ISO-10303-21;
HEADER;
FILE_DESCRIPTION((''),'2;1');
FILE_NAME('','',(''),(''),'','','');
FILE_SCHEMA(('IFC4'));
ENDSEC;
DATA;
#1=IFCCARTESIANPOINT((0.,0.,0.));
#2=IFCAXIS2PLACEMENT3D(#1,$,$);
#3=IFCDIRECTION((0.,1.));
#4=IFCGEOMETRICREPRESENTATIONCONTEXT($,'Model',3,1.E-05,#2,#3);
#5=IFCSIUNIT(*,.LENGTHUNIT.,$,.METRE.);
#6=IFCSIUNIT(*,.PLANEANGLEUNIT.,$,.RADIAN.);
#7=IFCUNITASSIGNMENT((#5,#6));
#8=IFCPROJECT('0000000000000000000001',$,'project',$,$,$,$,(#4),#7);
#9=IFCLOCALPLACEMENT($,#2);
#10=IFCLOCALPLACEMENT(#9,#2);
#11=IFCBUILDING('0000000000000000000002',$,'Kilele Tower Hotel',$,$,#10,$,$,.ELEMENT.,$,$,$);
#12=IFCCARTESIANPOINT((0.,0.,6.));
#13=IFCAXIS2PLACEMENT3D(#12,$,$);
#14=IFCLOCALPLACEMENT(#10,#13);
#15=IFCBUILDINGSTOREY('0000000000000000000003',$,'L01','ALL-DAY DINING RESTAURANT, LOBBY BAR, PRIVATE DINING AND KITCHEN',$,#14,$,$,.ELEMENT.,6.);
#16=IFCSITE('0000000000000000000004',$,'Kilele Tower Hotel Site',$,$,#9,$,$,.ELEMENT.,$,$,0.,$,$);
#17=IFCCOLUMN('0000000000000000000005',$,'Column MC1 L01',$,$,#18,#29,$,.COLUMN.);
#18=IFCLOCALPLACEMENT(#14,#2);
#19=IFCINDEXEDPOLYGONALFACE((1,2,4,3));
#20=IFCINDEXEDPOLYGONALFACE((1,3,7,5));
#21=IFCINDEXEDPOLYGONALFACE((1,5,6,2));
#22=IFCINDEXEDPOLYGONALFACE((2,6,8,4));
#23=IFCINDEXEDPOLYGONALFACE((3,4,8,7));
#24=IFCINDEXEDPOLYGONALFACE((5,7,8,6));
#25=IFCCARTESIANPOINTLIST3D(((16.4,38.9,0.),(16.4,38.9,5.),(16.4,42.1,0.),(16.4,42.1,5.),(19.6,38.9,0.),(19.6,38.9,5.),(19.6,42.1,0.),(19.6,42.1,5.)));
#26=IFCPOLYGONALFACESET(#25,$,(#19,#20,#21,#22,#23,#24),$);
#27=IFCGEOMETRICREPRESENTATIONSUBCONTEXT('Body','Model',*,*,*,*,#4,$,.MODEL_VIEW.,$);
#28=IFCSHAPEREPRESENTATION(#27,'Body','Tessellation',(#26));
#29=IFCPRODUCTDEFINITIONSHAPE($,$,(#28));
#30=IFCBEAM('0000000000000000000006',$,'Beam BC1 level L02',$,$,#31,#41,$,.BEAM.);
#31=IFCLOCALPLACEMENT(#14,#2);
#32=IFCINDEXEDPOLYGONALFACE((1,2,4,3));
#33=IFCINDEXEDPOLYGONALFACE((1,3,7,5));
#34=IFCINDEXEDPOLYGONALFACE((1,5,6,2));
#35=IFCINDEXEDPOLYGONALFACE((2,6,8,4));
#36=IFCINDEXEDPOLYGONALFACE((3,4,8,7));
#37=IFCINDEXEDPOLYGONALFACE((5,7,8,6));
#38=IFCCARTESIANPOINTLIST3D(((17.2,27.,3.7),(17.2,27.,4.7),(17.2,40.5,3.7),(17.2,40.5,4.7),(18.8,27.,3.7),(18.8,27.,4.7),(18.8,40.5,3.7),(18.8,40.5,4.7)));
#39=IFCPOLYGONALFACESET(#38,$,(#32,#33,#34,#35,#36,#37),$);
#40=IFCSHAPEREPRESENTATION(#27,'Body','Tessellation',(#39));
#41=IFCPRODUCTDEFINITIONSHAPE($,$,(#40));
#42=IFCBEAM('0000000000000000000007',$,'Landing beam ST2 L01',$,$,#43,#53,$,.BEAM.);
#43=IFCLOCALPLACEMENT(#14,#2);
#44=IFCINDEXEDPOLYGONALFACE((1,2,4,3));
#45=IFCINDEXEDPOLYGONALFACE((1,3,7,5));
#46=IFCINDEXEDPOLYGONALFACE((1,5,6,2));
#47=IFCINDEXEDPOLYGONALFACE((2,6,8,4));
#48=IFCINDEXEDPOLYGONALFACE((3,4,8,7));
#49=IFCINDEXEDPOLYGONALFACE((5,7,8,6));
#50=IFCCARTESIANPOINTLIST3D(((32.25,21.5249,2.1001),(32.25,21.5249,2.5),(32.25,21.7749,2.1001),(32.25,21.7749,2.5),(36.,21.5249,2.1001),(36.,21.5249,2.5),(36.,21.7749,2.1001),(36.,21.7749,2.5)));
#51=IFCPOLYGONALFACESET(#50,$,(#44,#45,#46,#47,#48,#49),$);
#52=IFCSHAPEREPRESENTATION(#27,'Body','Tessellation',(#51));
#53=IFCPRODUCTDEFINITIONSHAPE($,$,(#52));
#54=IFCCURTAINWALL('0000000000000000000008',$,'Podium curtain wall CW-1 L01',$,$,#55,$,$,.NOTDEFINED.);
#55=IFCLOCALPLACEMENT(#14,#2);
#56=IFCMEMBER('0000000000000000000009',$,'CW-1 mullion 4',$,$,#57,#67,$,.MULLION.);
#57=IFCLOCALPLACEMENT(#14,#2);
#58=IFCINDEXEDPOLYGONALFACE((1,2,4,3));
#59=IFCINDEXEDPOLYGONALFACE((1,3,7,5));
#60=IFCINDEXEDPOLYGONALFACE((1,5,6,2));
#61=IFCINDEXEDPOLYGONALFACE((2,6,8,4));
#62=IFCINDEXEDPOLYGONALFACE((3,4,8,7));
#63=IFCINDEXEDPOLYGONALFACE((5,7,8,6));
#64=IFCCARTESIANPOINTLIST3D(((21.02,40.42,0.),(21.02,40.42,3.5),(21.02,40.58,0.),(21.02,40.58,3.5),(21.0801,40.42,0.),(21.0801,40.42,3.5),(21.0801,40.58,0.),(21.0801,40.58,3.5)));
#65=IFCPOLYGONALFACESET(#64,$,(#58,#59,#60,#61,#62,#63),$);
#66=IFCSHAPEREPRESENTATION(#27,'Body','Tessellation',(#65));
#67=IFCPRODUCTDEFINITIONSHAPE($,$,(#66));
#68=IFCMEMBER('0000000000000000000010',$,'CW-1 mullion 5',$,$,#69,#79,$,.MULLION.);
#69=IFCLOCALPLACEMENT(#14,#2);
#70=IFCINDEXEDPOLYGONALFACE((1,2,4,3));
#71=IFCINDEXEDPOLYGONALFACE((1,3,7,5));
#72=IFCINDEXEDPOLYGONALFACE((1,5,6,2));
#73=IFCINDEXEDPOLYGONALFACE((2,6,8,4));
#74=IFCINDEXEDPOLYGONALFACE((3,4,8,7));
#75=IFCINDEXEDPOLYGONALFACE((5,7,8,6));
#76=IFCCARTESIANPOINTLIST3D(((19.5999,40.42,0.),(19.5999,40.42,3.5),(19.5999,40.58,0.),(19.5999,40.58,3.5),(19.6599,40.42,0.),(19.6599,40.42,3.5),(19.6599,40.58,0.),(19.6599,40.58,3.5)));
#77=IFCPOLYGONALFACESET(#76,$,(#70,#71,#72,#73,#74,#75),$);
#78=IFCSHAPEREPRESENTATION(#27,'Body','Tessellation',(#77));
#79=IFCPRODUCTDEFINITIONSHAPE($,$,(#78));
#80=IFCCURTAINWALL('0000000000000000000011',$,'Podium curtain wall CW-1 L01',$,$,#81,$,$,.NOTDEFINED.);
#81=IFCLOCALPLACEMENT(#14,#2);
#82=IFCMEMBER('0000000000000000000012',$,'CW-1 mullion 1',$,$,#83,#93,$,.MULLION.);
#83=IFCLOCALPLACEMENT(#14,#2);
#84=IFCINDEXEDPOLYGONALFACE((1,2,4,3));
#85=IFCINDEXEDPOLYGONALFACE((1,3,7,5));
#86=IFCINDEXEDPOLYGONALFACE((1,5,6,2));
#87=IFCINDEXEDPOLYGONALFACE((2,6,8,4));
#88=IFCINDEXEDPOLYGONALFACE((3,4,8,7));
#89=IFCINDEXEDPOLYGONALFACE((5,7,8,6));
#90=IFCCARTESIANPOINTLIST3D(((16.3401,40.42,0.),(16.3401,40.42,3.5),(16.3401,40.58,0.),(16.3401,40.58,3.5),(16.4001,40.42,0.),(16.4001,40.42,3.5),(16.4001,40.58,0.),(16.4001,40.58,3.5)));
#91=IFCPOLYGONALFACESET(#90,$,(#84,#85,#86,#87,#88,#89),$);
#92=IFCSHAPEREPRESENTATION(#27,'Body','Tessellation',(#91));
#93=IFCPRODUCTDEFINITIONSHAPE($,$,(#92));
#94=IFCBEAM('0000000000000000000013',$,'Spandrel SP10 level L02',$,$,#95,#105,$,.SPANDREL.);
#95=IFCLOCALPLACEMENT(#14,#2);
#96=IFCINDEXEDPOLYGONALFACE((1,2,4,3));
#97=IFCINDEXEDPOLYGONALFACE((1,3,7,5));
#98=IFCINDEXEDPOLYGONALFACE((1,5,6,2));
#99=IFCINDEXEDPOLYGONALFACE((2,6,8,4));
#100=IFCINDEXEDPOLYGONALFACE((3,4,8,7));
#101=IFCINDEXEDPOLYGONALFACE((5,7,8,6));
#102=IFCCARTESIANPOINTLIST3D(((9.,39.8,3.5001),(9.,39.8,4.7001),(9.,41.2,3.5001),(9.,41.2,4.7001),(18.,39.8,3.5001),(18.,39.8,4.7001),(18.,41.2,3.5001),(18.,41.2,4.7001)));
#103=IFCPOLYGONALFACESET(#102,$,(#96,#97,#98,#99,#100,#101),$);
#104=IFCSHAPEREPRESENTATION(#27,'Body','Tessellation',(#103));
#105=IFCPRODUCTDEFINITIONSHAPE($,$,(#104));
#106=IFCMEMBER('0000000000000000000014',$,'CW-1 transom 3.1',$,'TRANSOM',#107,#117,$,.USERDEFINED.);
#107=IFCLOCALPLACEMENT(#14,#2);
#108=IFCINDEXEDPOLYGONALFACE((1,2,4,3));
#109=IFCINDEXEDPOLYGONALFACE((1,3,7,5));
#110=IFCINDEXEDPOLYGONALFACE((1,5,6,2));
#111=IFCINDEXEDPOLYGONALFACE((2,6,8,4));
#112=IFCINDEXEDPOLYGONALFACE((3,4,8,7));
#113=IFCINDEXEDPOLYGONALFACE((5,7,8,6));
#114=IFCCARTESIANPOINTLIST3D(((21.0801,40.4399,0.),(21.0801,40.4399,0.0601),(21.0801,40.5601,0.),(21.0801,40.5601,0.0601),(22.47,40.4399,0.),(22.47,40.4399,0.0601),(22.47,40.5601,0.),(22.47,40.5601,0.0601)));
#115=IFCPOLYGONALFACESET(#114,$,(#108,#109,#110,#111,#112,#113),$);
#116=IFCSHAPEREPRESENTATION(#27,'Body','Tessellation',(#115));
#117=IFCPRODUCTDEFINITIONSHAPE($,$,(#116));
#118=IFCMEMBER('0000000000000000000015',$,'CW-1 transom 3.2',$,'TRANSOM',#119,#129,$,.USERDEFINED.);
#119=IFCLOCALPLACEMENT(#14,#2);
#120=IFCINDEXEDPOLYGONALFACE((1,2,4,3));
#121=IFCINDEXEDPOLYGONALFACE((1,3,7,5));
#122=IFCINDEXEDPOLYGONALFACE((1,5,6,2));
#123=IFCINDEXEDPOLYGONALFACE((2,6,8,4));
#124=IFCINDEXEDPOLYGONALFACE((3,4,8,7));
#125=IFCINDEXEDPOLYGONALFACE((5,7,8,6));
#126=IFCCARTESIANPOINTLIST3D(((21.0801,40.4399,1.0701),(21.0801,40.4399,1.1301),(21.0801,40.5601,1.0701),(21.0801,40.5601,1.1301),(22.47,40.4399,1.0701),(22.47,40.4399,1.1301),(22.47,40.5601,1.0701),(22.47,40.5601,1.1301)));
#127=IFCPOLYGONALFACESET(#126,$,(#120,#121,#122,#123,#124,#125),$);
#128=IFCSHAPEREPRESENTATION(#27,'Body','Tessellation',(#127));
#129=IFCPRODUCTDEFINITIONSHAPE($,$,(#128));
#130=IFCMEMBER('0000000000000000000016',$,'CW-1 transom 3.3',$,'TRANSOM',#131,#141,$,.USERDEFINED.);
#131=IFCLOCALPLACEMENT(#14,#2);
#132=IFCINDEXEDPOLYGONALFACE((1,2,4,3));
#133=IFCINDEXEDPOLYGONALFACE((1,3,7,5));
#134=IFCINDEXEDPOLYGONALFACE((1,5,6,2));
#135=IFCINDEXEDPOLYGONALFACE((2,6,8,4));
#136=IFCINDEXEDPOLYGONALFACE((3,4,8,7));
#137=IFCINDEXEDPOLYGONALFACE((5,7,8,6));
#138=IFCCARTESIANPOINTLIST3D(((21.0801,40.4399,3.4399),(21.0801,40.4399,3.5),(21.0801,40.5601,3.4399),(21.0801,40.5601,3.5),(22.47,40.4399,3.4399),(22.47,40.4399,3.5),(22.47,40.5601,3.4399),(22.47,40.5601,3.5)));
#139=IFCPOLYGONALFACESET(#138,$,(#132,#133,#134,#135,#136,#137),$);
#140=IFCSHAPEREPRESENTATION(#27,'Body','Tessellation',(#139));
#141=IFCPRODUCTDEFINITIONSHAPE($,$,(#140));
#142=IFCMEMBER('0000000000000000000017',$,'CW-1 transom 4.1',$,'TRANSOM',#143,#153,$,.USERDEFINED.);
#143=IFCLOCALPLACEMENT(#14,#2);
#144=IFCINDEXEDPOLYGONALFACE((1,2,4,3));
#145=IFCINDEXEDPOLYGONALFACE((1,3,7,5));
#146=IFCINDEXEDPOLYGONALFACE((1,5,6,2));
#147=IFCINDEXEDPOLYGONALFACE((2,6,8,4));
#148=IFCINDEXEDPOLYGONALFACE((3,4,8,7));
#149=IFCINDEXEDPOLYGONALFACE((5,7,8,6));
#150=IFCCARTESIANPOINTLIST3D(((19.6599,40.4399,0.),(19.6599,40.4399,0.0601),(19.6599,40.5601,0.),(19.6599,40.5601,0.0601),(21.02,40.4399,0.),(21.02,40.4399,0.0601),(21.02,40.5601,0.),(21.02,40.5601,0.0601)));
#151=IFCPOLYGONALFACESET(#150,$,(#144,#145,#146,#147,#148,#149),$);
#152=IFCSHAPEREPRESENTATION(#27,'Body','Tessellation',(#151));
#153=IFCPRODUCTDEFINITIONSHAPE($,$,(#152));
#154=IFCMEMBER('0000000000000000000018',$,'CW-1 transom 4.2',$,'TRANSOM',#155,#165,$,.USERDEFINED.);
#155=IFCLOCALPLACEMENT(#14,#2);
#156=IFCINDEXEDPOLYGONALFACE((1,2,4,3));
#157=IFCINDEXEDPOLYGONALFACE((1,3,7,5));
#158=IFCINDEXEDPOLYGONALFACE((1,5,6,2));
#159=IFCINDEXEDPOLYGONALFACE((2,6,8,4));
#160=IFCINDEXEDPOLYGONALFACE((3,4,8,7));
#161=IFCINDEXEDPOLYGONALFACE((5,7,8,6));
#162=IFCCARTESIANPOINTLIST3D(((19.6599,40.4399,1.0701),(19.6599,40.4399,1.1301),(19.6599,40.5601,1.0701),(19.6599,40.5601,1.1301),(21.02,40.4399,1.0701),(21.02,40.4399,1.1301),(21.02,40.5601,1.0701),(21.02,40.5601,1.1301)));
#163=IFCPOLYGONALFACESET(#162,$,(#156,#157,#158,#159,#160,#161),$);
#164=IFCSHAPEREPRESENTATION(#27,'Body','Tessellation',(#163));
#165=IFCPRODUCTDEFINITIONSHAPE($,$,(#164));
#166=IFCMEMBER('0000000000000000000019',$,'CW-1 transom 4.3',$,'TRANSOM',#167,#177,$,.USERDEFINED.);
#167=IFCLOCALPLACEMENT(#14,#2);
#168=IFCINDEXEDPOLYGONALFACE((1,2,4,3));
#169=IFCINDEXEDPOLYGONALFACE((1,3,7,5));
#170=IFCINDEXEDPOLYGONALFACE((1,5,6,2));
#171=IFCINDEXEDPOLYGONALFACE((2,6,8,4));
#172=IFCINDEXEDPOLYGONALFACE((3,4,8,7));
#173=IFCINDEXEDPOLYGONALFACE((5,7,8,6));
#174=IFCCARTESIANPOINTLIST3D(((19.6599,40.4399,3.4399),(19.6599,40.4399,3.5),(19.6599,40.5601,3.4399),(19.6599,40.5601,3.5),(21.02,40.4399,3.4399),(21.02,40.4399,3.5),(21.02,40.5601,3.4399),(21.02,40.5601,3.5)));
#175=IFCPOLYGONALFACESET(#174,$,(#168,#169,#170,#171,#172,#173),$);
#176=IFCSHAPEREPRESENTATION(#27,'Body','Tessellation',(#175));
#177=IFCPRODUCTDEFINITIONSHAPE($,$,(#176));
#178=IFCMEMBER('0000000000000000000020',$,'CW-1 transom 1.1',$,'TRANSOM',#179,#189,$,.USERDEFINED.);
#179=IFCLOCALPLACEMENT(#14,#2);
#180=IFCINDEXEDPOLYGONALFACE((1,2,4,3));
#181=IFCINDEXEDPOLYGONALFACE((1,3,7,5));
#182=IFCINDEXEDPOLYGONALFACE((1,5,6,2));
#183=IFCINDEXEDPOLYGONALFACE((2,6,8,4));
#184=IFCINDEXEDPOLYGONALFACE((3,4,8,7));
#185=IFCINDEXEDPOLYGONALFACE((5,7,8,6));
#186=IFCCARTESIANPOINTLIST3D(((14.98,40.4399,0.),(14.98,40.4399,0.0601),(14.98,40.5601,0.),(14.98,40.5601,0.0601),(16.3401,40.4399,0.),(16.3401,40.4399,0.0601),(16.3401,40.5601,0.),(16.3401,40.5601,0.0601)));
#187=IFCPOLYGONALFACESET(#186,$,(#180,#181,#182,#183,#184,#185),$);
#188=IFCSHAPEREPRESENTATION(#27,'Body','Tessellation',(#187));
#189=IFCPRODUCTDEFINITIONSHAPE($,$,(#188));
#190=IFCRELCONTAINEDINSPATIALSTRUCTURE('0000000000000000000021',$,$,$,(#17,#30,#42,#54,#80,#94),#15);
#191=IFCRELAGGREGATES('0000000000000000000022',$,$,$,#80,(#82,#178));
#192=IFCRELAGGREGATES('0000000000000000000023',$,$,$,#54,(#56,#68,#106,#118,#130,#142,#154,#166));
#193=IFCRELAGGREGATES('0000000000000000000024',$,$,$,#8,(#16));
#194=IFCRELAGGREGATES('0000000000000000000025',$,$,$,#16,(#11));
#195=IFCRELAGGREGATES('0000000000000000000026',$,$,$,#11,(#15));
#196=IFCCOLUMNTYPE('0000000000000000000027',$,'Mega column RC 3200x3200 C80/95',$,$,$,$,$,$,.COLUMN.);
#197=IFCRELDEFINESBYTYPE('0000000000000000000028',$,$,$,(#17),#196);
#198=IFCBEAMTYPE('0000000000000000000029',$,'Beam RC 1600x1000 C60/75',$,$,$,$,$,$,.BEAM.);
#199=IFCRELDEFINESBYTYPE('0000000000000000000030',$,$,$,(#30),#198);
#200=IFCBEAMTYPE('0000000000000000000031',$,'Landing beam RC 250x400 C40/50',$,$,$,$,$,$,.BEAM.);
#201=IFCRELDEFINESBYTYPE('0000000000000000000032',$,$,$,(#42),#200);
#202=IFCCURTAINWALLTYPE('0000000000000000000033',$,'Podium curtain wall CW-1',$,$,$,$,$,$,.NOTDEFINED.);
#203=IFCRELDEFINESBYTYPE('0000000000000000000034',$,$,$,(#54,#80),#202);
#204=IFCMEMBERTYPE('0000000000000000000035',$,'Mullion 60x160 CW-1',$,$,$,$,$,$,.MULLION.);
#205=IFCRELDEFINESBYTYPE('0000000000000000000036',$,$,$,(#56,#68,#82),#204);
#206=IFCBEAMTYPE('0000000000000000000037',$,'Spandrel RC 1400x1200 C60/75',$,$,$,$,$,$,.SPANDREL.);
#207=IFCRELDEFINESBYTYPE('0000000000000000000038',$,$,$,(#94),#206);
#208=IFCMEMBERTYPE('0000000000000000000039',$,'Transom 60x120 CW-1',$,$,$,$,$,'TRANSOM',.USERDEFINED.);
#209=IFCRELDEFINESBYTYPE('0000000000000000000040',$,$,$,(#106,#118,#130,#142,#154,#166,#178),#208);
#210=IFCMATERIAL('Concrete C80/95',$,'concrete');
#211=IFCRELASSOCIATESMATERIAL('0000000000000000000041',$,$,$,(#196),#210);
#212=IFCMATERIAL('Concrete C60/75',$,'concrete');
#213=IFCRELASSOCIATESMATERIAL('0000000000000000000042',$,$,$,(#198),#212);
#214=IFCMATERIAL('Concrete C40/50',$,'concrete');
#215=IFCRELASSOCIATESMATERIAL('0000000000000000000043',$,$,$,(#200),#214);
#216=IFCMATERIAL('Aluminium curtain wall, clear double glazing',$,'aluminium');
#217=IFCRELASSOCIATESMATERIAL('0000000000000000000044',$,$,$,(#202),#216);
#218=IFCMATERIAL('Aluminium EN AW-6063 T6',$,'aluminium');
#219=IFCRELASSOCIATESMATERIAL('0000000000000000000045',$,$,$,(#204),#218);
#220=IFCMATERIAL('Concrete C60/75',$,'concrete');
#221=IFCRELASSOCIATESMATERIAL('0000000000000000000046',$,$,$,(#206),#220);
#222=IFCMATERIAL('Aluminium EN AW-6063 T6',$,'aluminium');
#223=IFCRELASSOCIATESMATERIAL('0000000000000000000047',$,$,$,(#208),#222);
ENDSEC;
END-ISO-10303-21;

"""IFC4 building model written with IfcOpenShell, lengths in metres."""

from ifc_helpers import new_model, si_unit, direction, frame, origin, origin_2d, place, context, subcontext, project, spatial, rectangle, extrude, material, material_profile, profile_set, type_object, element, aggregate, save


model = new_model("IFC4")

# Units and contexts
model_context = context("Model", 3, precision=1e-05, world=origin(), true_north=direction((0.0, 1.0)))
body_context = subcontext(model_context, "Body", "Model", "MODEL_VIEW")
ifc_project = project(units=[si_unit("LENGTHUNIT", "METRE"), si_unit("PLANEANGLEUNIT", "RADIAN")], contexts=[model_context])

# Site, building, storey
site_placement = place(None, origin())
site = spatial("IfcSite", under=ifc_project, at=site_placement, Name="Kilele Tower Hotel Site", CompositionType="ELEMENT", RefElevation=0.0)
building_placement = place(site_placement, origin())
building = spatial("IfcBuilding", under=site, at=building_placement, Name="Kilele Tower Hotel", CompositionType="ELEMENT")
storey_placement = place(building_placement, frame((0.0, 0.0, 6.0)))
storey = spatial("IfcBuildingStorey", under=building, at=storey_placement, Name="L01", Description="ALL-DAY DINING RESTAURANT, LOBBY BAR, PRIVATE DINING AND KITCHEN", CompositionType="ELEMENT", Elevation=6.0)

# Column
ifc_material_1 = material(Name="Concrete C80/95", Category="concrete")
ifc_material_profile_1 = material_profile(ifc_material_1, rectangle(XDim=3.2, YDim=3.2, at=origin_2d()))
ifc_profile_set_1 = profile_set([ifc_material_profile_1], Name="Concrete C80/95")
column_type = type_object("IfcColumnType", Name="Mega column RC 3200x3200 C80/95", PredefinedType="COLUMN", material=ifc_profile_set_1)
column_placement = place(storey_placement, frame((18.0, 40.5, 0.0), z_axis=(0.0, 0.0, 1.0), x_axis=(1.0, 0.0, 0.0)))
element("IfcColumn", 1, at=column_placement, inside=storey, type_object=column_type, Name="Column MC1 L01", PredefinedType="COLUMN", context=body_context, shape_type="SweptSolid", body=[
    extrude(rectangle(XDim=3.2, YDim=3.2, at=origin_2d()), origin(), (0.0, 0.0, 1.0), 5.0),
])

# Beams
ifc_material_2 = material(Name="Concrete C60/75", Category="concrete")
ifc_material_profile_2 = material_profile(ifc_material_2, rectangle(XDim=1.6001, YDim=1.0, at=origin_2d()))
ifc_profile_set_2 = profile_set([ifc_material_profile_2], Name="Concrete C60/75")
beam_type_1 = type_object("IfcBeamType", Name="Beam RC 1600x1000 C60/75", PredefinedType="BEAM", material=ifc_profile_set_2)
beam_1_placement = place(storey_placement, frame((18.0, 40.5, 4.2), z_axis=(0.0, -1.0, 0.0), x_axis=(1.0, 0.0, 0.0)))
element("IfcBeam", 2, at=beam_1_placement, inside=storey, type_object=beam_type_1, Name="Beam BC1 level L02", PredefinedType="BEAM", context=body_context, shape_type="SweptSolid", body=[
    extrude(rectangle(XDim=1.6001, YDim=1.0, at=origin_2d()), origin(), (0.0, 0.0, 1.0), 13.5),
])
ifc_material_3 = material(Name="Concrete C40/50", Category="concrete")
ifc_material_profile_3 = material_profile(ifc_material_3, rectangle(XDim=0.25, YDim=0.3999, at=origin_2d()))
ifc_profile_set_3 = profile_set([ifc_material_profile_3], Name="Concrete C40/50")
beam_type_2 = type_object("IfcBeamType", Name="Landing beam RC 250x400 C40/50", PredefinedType="BEAM", material=ifc_profile_set_3)
beam_2_placement = place(storey_placement, frame((32.25, 21.6499, 2.3), z_axis=(1.0, 0.0, 0.0), x_axis=(0.0, 1.0, 0.0)))
element("IfcBeam", 3, at=beam_2_placement, inside=storey, type_object=beam_type_2, Name="Landing beam ST2 L01", PredefinedType="BEAM", context=body_context, shape_type="SweptSolid", body=[
    extrude(rectangle(XDim=0.25, YDim=0.3999, at=origin_2d()), origin(), (0.0, 0.0, 1.0), 3.75),
])

# Curtain wall, members
ifc_material_4 = material(Name="Aluminium curtain wall, clear double glazing", Category="aluminium")
curtain_wall_type = type_object("IfcCurtainWallType", Name="Podium curtain wall CW-1", PredefinedType="NOTDEFINED", material=ifc_material_4)
curtain_wall_1_placement = place(storey_placement, origin())
curtain_wall_1 = element("IfcCurtainWall", 4, at=curtain_wall_1_placement, inside=storey, type_object=curtain_wall_type, Name="Podium curtain wall CW-1 L01", PredefinedType="NOTDEFINED")
ifc_material_5 = material(Name="Aluminium EN AW-6063 T6", Category="aluminium")
ifc_material_profile_4 = material_profile(ifc_material_5, rectangle(XDim=0.1599, YDim=0.0601, at=origin_2d()))
ifc_profile_set_4 = profile_set([ifc_material_profile_4], Name="Aluminium EN AW-6063 T6")
member_type_1 = type_object("IfcMemberType", Name="Mullion 60x160 CW-1", PredefinedType="MULLION", material=ifc_profile_set_4)
member_1_placement = place(storey_placement, frame((21.05, 40.5, 0.0), z_axis=(0.0, 0.0, 1.0), x_axis=(0.0, -1.0, 0.0)))
member_1 = element("IfcMember", 5, at=member_1_placement, type_object=member_type_1, Name="CW-1 mullion 4", PredefinedType="MULLION", context=body_context, shape_type="SweptSolid", body=[
    extrude(rectangle(XDim=0.1599, YDim=0.0601, at=origin_2d()), origin(), (0.0, 0.0, 1.0), 3.5),
])
member_2_placement = place(storey_placement, frame((19.6299, 40.5, 0.0), z_axis=(0.0, 0.0, 1.0), x_axis=(0.0, -1.0, 0.0)))
member_2 = element("IfcMember", 6, at=member_2_placement, type_object=member_type_1, Name="CW-1 mullion 5", PredefinedType="MULLION", context=body_context, shape_type="SweptSolid", body=[
    extrude(rectangle(XDim=0.1599, YDim=0.0601, at=origin_2d()), origin(), (0.0, 0.0, 1.0), 3.5),
])

# Curtain wall, member
curtain_wall_2_placement = place(storey_placement, origin())
curtain_wall_2 = element("IfcCurtainWall", 7, at=curtain_wall_2_placement, inside=storey, type_object=curtain_wall_type, Name="Podium curtain wall CW-1 L01", PredefinedType="NOTDEFINED")
member_3_placement = place(storey_placement, frame((16.3701, 40.5, 0.0), z_axis=(0.0, 0.0, 1.0), x_axis=(0.0, -1.0, 0.0)))
member_3 = element("IfcMember", 8, at=member_3_placement, type_object=member_type_1, Name="CW-1 mullion 1", PredefinedType="MULLION", context=body_context, shape_type="SweptSolid", body=[
    extrude(rectangle(XDim=0.1599, YDim=0.0601, at=origin_2d()), origin(), (0.0, 0.0, 1.0), 3.5),
])

# Beam
ifc_material_6 = material(Name="Concrete C60/75", Category="concrete")
ifc_material_profile_5 = material_profile(ifc_material_6, rectangle(XDim=1.3999, YDim=1.2, at=origin_2d()))
ifc_profile_set_5 = profile_set([ifc_material_profile_5], Name="Concrete C60/75")
beam_type_3 = type_object("IfcBeamType", Name="Spandrel RC 1400x1200 C60/75", PredefinedType="SPANDREL", material=ifc_profile_set_5)
beam_3_placement = place(storey_placement, frame((18.0, 40.5, 4.1001), z_axis=(-1.0, 0.0, 0.0), x_axis=(0.0, -1.0, 0.0)))
element("IfcBeam", 9, at=beam_3_placement, inside=storey, type_object=beam_type_3, Name="Spandrel SP10 level L02", PredefinedType="SPANDREL", context=body_context, shape_type="SweptSolid", body=[
    extrude(rectangle(XDim=1.3999, YDim=1.2, at=origin_2d()), origin(), (0.0, 0.0, 1.0), 9.0),
])

# Members
ifc_material_7 = material(Name="Aluminium EN AW-6063 T6", Category="aluminium")
ifc_material_profile_6 = material_profile(ifc_material_7, rectangle(XDim=0.1201, YDim=0.0601, at=origin_2d()))
ifc_profile_set_6 = profile_set([ifc_material_profile_6], Name="Aluminium EN AW-6063 T6")
member_type_2 = type_object("IfcMemberType", Name="Transom 60x120 CW-1", ElementType="TRANSOM", PredefinedType="USERDEFINED", material=ifc_profile_set_6)
member_4_placement = place(storey_placement, frame((22.47, 40.5, 0.03), z_axis=(-1.0, 0.0, 0.0), x_axis=(0.0, -1.0, 0.0)))
member_4 = element("IfcMember", 10, at=member_4_placement, type_object=member_type_2, Name="CW-1 transom 3.1", ObjectType="TRANSOM", PredefinedType="USERDEFINED", context=body_context, shape_type="SweptSolid", body=[
    extrude(rectangle(XDim=0.1201, YDim=0.0601, at=origin_2d()), origin(), (0.0, 0.0, 1.0), 1.3899),
])
member_5_placement = place(storey_placement, frame((22.47, 40.5, 1.1001), z_axis=(-1.0, 0.0, 0.0), x_axis=(0.0, -1.0, 0.0)))
member_5 = element("IfcMember", 11, at=member_5_placement, type_object=member_type_2, Name="CW-1 transom 3.2", ObjectType="TRANSOM", PredefinedType="USERDEFINED", context=body_context, shape_type="SweptSolid", body=[
    extrude(rectangle(XDim=0.1201, YDim=0.0601, at=origin_2d()), origin(), (0.0, 0.0, 1.0), 1.3899),
])
member_6_placement = place(storey_placement, frame((22.47, 40.5, 3.47), z_axis=(-1.0, 0.0, 0.0), x_axis=(0.0, -1.0, 0.0)))
member_6 = element("IfcMember", 12, at=member_6_placement, type_object=member_type_2, Name="CW-1 transom 3.3", ObjectType="TRANSOM", PredefinedType="USERDEFINED", context=body_context, shape_type="SweptSolid", body=[
    extrude(rectangle(XDim=0.1201, YDim=0.0601, at=origin_2d()), origin(), (0.0, 0.0, 1.0), 1.3899),
])
member_7_placement = place(storey_placement, frame((21.02, 40.5, 0.03), z_axis=(-1.0, 0.0, 0.0), x_axis=(0.0, -1.0, 0.0)))
member_7 = element("IfcMember", 13, at=member_7_placement, type_object=member_type_2, Name="CW-1 transom 4.1", ObjectType="TRANSOM", PredefinedType="USERDEFINED", context=body_context, shape_type="SweptSolid", body=[
    extrude(rectangle(XDim=0.1201, YDim=0.0601, at=origin_2d()), origin(), (0.0, 0.0, 1.0), 1.3601),
])
member_8_placement = place(storey_placement, frame((21.02, 40.5, 1.1001), z_axis=(-1.0, 0.0, 0.0), x_axis=(0.0, -1.0, 0.0)))
member_8 = element("IfcMember", 14, at=member_8_placement, type_object=member_type_2, Name="CW-1 transom 4.2", ObjectType="TRANSOM", PredefinedType="USERDEFINED", context=body_context, shape_type="SweptSolid", body=[
    extrude(rectangle(XDim=0.1201, YDim=0.0601, at=origin_2d()), origin(), (0.0, 0.0, 1.0), 1.3601),
])
member_9_placement = place(storey_placement, frame((21.02, 40.5, 3.47), z_axis=(-1.0, 0.0, 0.0), x_axis=(0.0, -1.0, 0.0)))
member_9 = element("IfcMember", 15, at=member_9_placement, type_object=member_type_2, Name="CW-1 transom 4.3", ObjectType="TRANSOM", PredefinedType="USERDEFINED", context=body_context, shape_type="SweptSolid", body=[
    extrude(rectangle(XDim=0.1201, YDim=0.0601, at=origin_2d()), origin(), (0.0, 0.0, 1.0), 1.3601),
])
member_10_placement = place(storey_placement, frame((16.3401, 40.5, 0.03), z_axis=(-1.0, 0.0, 0.0), x_axis=(0.0, -1.0, 0.0)))
member_10 = element("IfcMember", 16, at=member_10_placement, type_object=member_type_2, Name="CW-1 transom 1.1", ObjectType="TRANSOM", PredefinedType="USERDEFINED", context=body_context, shape_type="SweptSolid", body=[
    extrude(rectangle(XDim=0.1201, YDim=0.0601, at=origin_2d()), origin(), (0.0, 0.0, 1.0), 1.3601),
])
aggregate(curtain_wall_2, [member_3, member_10])

aggregate(curtain_wall_1, [member_1, member_2, member_4, member_5, member_6, member_7, member_8, member_9])

save(model, "model.ifc")
